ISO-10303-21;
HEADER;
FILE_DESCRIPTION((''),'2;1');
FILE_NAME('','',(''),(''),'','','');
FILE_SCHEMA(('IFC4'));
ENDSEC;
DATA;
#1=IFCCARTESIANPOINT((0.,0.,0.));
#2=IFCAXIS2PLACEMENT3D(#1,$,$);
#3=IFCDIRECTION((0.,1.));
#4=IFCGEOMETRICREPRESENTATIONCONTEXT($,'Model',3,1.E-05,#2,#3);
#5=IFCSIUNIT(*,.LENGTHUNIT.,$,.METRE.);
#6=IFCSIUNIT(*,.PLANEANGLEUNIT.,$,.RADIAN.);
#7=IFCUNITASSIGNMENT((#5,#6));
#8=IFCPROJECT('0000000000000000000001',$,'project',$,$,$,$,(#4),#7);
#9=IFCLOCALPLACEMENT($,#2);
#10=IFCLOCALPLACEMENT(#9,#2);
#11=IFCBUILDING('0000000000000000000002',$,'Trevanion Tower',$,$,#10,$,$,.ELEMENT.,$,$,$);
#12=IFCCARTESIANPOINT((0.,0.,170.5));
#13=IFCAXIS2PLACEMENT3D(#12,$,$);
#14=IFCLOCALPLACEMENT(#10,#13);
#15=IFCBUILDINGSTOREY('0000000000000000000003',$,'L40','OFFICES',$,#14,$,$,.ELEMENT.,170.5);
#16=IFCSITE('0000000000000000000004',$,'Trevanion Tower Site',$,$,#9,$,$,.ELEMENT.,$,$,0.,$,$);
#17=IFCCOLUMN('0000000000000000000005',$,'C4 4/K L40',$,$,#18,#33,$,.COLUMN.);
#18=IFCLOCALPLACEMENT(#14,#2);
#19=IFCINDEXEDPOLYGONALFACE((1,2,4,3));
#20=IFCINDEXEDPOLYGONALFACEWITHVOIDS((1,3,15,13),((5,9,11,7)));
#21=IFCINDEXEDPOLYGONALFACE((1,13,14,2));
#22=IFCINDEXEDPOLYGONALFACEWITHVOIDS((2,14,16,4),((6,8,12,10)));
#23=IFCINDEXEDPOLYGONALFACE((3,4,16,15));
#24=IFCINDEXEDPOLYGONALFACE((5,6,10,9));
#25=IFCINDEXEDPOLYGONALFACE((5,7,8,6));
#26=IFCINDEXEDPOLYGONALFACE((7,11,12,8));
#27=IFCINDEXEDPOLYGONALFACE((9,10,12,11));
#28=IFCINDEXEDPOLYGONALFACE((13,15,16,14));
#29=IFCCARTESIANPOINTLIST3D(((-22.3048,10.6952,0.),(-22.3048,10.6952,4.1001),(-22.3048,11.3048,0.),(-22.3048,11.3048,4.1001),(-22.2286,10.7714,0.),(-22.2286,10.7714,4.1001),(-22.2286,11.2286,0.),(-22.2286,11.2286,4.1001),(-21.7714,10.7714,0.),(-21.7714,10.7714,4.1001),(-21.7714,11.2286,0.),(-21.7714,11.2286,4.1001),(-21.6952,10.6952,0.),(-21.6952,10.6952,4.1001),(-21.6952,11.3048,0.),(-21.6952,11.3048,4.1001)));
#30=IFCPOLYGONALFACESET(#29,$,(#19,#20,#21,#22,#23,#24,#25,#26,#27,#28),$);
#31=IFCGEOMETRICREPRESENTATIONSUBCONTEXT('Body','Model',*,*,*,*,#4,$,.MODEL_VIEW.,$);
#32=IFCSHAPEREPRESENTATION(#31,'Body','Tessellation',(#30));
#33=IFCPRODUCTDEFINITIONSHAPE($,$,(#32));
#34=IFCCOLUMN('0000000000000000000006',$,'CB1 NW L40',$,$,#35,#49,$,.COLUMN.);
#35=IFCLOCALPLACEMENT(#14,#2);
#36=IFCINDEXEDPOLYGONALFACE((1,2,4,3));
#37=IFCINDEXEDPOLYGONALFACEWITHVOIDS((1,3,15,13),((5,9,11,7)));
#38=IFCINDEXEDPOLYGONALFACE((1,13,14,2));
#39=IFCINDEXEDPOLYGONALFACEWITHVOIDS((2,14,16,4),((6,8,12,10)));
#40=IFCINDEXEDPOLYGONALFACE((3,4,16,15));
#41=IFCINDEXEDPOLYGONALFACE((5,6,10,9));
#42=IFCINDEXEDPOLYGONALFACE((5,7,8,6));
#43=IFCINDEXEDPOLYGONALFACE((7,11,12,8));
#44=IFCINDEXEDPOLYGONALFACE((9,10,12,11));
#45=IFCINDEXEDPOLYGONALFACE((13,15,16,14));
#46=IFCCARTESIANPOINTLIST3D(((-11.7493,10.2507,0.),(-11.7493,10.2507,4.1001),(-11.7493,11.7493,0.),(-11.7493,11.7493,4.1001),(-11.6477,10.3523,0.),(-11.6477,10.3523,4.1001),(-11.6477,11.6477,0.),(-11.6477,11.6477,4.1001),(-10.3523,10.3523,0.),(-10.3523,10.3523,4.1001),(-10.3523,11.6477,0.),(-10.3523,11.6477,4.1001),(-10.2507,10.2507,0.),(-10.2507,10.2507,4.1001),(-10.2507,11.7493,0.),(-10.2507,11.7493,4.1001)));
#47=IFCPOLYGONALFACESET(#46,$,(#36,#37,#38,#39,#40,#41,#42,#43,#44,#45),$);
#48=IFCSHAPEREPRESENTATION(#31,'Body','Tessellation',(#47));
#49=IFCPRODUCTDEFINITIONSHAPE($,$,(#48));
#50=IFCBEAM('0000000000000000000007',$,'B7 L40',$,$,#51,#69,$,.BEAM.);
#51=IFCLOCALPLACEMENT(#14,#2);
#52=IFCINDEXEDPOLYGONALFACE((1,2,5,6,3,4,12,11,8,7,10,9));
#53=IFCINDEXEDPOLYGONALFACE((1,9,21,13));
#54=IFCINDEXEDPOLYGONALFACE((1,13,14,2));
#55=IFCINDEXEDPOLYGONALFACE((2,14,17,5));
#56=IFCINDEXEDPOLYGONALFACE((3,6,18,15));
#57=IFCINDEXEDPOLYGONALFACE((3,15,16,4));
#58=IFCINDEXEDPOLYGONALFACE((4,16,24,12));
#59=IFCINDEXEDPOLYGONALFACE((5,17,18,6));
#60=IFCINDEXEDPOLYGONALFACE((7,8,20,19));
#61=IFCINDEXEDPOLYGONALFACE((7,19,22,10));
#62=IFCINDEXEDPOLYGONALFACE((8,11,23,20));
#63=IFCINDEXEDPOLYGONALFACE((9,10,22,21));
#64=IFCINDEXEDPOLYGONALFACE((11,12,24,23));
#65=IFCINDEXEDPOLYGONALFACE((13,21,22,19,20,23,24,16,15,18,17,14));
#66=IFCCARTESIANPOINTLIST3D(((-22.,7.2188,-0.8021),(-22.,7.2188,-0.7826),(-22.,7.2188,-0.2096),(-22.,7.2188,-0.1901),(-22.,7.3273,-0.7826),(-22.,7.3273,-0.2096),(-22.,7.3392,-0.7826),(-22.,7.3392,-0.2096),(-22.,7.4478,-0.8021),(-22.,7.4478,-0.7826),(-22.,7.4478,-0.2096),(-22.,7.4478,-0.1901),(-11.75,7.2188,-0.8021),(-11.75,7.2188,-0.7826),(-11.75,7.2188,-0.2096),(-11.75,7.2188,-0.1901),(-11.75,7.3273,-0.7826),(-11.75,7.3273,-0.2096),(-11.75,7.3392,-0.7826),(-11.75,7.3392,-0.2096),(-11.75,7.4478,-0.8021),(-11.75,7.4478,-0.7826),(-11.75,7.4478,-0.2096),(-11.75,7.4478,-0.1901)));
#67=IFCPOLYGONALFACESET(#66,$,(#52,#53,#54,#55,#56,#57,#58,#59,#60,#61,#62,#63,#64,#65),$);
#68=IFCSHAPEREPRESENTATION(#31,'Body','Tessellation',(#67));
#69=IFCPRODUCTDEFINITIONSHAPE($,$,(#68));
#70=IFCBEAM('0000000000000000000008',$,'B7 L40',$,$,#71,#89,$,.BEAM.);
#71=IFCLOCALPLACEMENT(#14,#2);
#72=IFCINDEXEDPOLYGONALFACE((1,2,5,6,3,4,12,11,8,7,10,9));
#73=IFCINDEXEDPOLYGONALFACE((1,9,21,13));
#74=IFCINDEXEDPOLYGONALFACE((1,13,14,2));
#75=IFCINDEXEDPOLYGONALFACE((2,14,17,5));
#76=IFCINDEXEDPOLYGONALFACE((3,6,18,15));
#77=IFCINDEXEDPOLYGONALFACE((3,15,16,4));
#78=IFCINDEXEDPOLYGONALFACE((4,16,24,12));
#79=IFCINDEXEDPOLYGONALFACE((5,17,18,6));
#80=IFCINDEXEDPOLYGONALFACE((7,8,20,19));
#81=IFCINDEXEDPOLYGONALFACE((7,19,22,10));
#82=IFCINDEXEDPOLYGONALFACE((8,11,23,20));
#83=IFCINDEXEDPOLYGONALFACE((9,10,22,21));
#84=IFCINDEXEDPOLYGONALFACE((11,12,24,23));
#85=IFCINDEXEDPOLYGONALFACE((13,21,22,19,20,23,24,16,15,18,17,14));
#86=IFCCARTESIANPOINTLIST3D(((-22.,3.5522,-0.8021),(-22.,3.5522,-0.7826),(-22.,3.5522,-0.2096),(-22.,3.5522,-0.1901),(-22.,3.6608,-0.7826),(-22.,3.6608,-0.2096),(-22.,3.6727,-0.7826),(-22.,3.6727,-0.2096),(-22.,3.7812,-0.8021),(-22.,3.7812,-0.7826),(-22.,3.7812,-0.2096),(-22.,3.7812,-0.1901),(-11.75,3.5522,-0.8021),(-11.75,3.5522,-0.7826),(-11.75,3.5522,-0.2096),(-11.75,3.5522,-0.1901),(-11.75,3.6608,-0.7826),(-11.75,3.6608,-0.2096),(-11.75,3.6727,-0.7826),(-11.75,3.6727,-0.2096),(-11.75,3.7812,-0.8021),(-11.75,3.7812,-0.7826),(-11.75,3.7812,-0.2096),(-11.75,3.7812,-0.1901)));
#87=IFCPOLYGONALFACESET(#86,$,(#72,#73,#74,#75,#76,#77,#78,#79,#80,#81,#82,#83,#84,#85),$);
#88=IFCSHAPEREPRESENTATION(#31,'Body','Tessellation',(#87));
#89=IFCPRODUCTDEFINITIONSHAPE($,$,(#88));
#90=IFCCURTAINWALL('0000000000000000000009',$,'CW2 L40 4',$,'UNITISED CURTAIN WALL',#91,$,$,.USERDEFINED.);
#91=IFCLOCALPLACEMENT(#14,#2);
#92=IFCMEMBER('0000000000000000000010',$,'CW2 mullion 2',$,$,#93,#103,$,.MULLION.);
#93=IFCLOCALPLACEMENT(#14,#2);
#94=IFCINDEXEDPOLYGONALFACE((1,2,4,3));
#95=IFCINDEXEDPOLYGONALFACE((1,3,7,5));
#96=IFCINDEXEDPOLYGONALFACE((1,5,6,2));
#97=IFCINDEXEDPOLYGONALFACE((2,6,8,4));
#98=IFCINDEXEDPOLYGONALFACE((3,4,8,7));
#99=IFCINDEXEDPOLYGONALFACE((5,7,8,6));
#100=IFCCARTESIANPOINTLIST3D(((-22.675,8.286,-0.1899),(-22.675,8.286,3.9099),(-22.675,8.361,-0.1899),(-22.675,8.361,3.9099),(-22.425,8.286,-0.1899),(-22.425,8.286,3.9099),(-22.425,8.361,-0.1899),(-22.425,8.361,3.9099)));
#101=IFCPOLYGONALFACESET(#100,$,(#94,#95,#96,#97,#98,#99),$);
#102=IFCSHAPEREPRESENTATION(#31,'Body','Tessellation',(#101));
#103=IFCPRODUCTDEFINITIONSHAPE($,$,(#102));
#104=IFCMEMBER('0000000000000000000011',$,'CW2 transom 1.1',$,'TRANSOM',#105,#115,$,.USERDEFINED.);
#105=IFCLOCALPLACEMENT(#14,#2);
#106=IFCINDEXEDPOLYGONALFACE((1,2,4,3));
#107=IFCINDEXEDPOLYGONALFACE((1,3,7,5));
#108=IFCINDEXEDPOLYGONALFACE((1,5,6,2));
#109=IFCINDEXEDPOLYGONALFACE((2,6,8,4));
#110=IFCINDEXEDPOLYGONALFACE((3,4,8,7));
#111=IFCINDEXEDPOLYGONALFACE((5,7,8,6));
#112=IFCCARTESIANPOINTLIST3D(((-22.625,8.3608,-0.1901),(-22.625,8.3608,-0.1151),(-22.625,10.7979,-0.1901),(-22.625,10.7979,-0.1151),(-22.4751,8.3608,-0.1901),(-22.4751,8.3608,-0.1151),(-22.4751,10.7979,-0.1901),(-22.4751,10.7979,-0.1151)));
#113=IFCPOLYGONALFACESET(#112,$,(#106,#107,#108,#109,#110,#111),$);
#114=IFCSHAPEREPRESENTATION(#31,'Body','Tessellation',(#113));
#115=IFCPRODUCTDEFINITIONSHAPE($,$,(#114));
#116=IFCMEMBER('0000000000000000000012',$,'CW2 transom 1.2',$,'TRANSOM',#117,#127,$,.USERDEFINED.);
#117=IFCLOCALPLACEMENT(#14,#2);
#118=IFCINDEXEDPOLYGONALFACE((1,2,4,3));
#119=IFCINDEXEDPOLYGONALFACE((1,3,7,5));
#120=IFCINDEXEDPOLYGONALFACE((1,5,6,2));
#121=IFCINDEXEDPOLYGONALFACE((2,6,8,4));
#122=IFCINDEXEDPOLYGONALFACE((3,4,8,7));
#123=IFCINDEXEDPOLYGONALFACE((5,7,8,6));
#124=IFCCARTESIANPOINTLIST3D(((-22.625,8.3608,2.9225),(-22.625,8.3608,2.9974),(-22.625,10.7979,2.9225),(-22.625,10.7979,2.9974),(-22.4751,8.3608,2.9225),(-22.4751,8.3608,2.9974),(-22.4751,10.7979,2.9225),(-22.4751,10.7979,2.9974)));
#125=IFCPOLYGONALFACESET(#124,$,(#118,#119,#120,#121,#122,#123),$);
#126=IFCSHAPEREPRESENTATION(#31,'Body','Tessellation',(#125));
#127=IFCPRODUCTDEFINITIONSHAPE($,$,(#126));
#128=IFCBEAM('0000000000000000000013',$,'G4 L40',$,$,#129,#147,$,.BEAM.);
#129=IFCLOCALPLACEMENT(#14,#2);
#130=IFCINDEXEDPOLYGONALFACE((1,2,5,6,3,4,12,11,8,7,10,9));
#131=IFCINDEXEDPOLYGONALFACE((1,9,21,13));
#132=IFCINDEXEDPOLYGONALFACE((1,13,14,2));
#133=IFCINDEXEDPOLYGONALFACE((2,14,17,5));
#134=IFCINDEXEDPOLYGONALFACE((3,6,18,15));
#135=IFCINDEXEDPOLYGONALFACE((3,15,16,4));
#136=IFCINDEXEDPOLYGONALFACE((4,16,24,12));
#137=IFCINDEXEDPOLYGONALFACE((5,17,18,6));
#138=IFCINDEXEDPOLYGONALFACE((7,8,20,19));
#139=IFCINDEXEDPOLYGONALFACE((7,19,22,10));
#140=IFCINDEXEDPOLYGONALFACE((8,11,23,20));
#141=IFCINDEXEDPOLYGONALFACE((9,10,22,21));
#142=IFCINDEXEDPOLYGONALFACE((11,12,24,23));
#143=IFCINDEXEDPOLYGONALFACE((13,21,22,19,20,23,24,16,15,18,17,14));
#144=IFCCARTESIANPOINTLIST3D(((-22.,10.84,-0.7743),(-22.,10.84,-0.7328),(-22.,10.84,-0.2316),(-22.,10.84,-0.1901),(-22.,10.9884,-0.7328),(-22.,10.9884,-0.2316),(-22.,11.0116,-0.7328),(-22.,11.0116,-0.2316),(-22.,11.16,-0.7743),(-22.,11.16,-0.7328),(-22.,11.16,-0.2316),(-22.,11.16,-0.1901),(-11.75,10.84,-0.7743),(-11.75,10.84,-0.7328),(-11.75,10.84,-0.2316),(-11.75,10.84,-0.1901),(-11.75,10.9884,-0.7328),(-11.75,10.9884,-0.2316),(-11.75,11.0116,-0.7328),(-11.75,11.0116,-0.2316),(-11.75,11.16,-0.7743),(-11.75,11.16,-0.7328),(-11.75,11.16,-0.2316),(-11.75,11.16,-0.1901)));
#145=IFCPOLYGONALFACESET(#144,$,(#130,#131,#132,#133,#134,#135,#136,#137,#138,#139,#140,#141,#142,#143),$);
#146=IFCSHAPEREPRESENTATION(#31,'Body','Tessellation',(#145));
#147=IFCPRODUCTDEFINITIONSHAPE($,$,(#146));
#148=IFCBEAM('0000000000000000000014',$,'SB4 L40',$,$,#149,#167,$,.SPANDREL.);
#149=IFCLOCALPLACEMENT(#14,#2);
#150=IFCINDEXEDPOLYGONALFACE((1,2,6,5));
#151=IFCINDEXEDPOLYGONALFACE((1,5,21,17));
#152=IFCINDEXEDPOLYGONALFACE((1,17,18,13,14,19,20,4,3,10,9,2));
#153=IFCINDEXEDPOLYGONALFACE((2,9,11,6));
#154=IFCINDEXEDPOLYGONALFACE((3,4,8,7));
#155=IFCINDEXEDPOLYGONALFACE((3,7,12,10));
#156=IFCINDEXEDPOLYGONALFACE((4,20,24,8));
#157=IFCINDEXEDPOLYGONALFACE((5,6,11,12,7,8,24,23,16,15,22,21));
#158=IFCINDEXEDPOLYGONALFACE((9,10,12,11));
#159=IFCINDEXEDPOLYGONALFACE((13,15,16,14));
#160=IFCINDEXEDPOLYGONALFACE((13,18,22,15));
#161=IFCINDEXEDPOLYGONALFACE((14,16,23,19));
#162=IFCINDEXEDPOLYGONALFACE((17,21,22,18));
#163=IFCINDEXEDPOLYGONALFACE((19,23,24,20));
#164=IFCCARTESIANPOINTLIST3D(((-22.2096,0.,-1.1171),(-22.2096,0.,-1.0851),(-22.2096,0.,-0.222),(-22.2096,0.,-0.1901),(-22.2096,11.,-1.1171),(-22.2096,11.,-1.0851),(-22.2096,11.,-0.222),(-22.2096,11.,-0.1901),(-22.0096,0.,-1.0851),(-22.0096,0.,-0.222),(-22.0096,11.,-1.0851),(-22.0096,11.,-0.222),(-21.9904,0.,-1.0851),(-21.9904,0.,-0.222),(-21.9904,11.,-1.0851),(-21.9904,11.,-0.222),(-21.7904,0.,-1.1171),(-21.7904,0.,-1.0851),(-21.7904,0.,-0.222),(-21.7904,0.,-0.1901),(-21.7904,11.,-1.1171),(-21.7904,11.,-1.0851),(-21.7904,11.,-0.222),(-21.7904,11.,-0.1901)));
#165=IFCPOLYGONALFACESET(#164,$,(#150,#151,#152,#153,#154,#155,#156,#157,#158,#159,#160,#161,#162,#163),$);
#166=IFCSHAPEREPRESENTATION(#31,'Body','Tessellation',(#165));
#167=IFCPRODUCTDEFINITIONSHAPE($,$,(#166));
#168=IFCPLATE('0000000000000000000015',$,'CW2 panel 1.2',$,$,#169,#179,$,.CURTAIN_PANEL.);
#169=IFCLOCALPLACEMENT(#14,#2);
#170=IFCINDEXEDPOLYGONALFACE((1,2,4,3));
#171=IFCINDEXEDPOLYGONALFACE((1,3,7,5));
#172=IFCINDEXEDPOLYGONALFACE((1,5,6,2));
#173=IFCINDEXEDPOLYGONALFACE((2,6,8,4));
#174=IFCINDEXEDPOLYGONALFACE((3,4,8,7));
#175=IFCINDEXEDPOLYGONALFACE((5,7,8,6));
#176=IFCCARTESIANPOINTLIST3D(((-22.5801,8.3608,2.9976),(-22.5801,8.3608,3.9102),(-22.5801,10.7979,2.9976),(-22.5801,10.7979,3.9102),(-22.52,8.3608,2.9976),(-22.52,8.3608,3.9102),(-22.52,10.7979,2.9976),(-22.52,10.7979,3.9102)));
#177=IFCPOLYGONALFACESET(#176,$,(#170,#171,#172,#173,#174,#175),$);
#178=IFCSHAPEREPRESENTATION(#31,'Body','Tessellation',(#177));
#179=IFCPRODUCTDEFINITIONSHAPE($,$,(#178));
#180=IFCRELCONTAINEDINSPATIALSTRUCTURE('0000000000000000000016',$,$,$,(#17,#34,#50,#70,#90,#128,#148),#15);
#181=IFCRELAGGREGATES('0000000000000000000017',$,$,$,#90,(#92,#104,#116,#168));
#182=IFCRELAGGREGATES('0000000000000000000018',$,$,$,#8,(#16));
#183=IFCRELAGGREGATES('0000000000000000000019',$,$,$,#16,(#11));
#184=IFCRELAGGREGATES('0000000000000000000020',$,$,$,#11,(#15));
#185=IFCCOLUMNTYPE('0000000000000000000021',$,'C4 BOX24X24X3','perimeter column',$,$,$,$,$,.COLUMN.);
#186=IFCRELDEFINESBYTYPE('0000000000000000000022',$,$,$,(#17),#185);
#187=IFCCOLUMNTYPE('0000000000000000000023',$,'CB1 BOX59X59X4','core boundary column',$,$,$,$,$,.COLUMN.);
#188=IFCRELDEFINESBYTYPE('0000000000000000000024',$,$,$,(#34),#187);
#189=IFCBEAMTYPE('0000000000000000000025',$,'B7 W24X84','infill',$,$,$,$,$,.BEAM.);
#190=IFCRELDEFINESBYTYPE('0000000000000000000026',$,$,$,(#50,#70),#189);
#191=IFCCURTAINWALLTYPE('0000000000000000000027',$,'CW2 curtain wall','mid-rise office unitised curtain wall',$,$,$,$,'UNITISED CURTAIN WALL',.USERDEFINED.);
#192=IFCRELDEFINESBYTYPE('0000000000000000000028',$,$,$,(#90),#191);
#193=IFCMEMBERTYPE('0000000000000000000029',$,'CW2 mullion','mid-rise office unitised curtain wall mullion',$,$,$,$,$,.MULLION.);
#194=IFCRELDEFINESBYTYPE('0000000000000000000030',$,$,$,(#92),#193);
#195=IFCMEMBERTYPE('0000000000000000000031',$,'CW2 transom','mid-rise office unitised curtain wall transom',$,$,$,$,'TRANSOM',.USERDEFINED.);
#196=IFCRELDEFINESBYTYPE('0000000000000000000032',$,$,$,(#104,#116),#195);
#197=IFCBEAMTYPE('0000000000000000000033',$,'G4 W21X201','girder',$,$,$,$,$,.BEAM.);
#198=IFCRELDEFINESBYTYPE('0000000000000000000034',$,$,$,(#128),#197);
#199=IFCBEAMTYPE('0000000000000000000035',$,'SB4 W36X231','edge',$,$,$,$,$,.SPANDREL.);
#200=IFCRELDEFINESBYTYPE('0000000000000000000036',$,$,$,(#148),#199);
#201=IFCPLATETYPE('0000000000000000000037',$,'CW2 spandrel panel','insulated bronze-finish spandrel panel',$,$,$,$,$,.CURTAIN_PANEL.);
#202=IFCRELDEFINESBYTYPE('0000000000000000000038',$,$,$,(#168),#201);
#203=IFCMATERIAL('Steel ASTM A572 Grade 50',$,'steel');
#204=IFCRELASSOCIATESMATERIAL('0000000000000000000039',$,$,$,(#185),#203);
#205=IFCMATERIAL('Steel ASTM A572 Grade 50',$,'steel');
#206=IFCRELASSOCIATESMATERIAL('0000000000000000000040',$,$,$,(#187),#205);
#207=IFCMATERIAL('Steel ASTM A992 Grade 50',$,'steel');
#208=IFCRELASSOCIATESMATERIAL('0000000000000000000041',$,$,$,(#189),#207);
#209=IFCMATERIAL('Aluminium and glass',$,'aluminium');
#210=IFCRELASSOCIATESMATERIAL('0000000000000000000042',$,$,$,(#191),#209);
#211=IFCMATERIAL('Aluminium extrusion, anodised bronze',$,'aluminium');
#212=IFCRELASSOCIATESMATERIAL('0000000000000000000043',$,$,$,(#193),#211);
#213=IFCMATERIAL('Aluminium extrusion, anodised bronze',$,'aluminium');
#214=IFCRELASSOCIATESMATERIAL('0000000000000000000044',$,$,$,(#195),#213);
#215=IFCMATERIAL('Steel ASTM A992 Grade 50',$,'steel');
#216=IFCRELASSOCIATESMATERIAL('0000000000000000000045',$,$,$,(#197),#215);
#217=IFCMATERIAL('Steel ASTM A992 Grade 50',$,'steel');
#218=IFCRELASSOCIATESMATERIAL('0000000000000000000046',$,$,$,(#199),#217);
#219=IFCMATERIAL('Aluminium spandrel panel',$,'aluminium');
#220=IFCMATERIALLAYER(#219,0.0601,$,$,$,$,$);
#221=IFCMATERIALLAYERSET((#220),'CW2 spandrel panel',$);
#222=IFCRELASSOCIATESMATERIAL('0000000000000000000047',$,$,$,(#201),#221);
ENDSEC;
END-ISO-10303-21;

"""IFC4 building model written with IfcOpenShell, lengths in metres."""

from ifc_helpers import new_model, si_unit, direction, frame, origin, origin_2d, place, context, subcontext, project, spatial, rectangle, hollow_rectangle, i_section, extrude, material, layer, layer_set, material_profile, profile_set, type_object, element, aggregate, save


model = new_model("IFC4")

# Units and contexts
model_context = context("Model", 3, precision=1e-05, world=origin(), true_north=direction((0.0, 1.0)))
body_context = subcontext(model_context, "Body", "Model", "MODEL_VIEW")
ifc_project = project(units=[si_unit("LENGTHUNIT", "METRE"), si_unit("PLANEANGLEUNIT", "RADIAN")], contexts=[model_context])

# Site, building, storey
site_placement = place(None, origin())
site = spatial("IfcSite", under=ifc_project, at=site_placement, Name="Trevanion Tower Site", CompositionType="ELEMENT", RefElevation=0.0)
building_placement = place(site_placement, origin())
building = spatial("IfcBuilding", under=site, at=building_placement, Name="Trevanion Tower", CompositionType="ELEMENT")
storey_placement = place(building_placement, frame((0.0, 0.0, 170.5)))
storey = spatial("IfcBuildingStorey", under=building, at=storey_placement, Name="L40", Description="OFFICES", CompositionType="ELEMENT", Elevation=170.5)

# Columns
ifc_material_1 = material(Name="Steel ASTM A572 Grade 50", Category="steel")
ifc_material_profile_1 = material_profile(ifc_material_1, hollow_rectangle(XDim=0.6096, YDim=0.6096, WallThickness=0.0762, at=origin_2d()), Name="BOX24X24X3")
ifc_profile_set_1 = profile_set([ifc_material_profile_1], Name="Steel ASTM A572 Grade 50")
column_type_1 = type_object("IfcColumnType", Name="C4 BOX24X24X3", Description="perimeter column", PredefinedType="COLUMN", material=ifc_profile_set_1)
column_1_placement = place(storey_placement, frame((-22.0, 11.0, 0.0), z_axis=(0.0, 0.0, 1.0), x_axis=(0.0, 1.0, 0.0)))
element("IfcColumn", 1, at=column_1_placement, inside=storey, type_object=column_type_1, Name="C4 4/K L40", PredefinedType="COLUMN", context=body_context, shape_type="SweptSolid", body=[
    extrude(hollow_rectangle(XDim=0.6096, YDim=0.6096, WallThickness=0.0762, at=origin_2d()), origin(), (0.0, 0.0, 1.0), 4.1001),
])
ifc_material_2 = material(Name="Steel ASTM A572 Grade 50", Category="steel")
ifc_material_profile_2 = material_profile(ifc_material_2, hollow_rectangle(XDim=1.4985, YDim=1.4985, WallThickness=0.1016, at=origin_2d()), Name="BOX59X59X4")
ifc_profile_set_2 = profile_set([ifc_material_profile_2], Name="Steel ASTM A572 Grade 50")
column_type_2 = type_object("IfcColumnType", Name="CB1 BOX59X59X4", Description="core boundary column", PredefinedType="COLUMN", material=ifc_profile_set_2)
column_2_placement = place(storey_placement, frame((-11.0, 11.0, 0.0), z_axis=(0.0, 0.0, 1.0), x_axis=(1.0, 0.0, 0.0)))
element("IfcColumn", 2, at=column_2_placement, inside=storey, type_object=column_type_2, Name="CB1 NW L40", PredefinedType="COLUMN", context=body_context, shape_type="SweptSolid", body=[
    extrude(hollow_rectangle(XDim=1.4985, YDim=1.4985, WallThickness=0.1016, at=origin_2d()), origin(), (0.0, 0.0, 1.0), 4.1001),
])

# Beams
ifc_material_3 = material(Name="Steel ASTM A992 Grade 50", Category="steel")
ifc_material_profile_3 = material_profile(ifc_material_3, i_section(OverallWidth=0.229, OverallDepth=0.6121, WebThickness=0.012, FlangeThickness=0.0195, at=origin_2d()), Name="W24X84")
ifc_profile_set_3 = profile_set([ifc_material_profile_3], Name="Steel ASTM A992 Grade 50")
beam_type_1 = type_object("IfcBeamType", Name="B7 W24X84", Description="infill", PredefinedType="BEAM", material=ifc_profile_set_3)
for number, where, z_axis, x_axis, name in (
    (3, (-11.75, 7.3333, -0.4961), (-1.0, 0.0, 0.0), (0.0, -1.0, 0.0), "B7 L40"),
    (4, (-11.75, 3.6667, -0.4961), (-1.0, 0.0, 0.0), (0.0, -1.0, 0.0), "B7 L40"),
):
    element("IfcBeam", number, at=place(storey_placement, frame(where, z_axis=z_axis, x_axis=x_axis)), inside=storey, type_object=beam_type_1, Name=name, PredefinedType="BEAM", context=body_context, shape_type="SweptSolid", body=[
        extrude(i_section(OverallWidth=0.229, OverallDepth=0.6121, WebThickness=0.012, FlangeThickness=0.0195, at=origin_2d()), origin(), (0.0, 0.0, 1.0), 10.25),
    ])

# Curtain wall, members
ifc_material_4 = material(Name="Aluminium and glass", Category="aluminium")
curtain_wall_type = type_object("IfcCurtainWallType", Name="CW2 curtain wall", Description="mid-rise office unitised curtain wall", ElementType="UNITISED CURTAIN WALL", PredefinedType="USERDEFINED", material=ifc_material_4)
curtain_wall_placement = place(storey_placement, origin())
curtain_wall = element("IfcCurtainWall", 5, at=curtain_wall_placement, inside=storey, type_object=curtain_wall_type, Name="CW2 L40 4", ObjectType="UNITISED CURTAIN WALL", PredefinedType="USERDEFINED")
ifc_material_5 = material(Name="Aluminium extrusion, anodised bronze", Category="aluminium")
ifc_material_profile_4 = material_profile(ifc_material_5, rectangle(XDim=0.075, YDim=0.25, at=origin_2d()), Name="CW2 mullion")
ifc_profile_set_4 = profile_set([ifc_material_profile_4], Name="Aluminium extrusion, anodised bronze")
member_type_1 = type_object("IfcMemberType", Name="CW2 mullion", Description="mid-rise office unitised curtain wall mullion", PredefinedType="MULLION", material=ifc_profile_set_4)
member_1_placement = place(storey_placement, frame((-22.55, 8.3235, -0.1899), z_axis=(0.0, 0.0, 1.0), x_axis=(0.0, -1.0, 0.0)))
member_1 = element("IfcMember", 6, at=member_1_placement, type_object=member_type_1, Name="CW2 mullion 2", PredefinedType="MULLION", context=body_context, shape_type="SweptSolid", body=[
    extrude(rectangle(XDim=0.075, YDim=0.25, at=origin_2d()), origin(), (0.0, 0.0, 1.0), 4.0999),
])
ifc_material_6 = material(Name="Aluminium extrusion, anodised bronze", Category="aluminium")
ifc_material_profile_5 = material_profile(ifc_material_6, rectangle(XDim=0.1499, YDim=0.075, at=origin_2d()), Name="CW2 transom")
ifc_profile_set_5 = profile_set([ifc_material_profile_5], Name="Aluminium extrusion, anodised bronze")
member_type_2 = type_object("IfcMemberType", Name="CW2 transom", Description="mid-rise office unitised curtain wall transom", ElementType="TRANSOM", PredefinedType="USERDEFINED", material=ifc_profile_set_5)
member_2_placement = place(storey_placement, frame((-22.55, 10.7979, -0.1526), z_axis=(0.0, -1.0, 0.0), x_axis=(1.0, 0.0, 0.0)))
member_2 = element("IfcMember", 7, at=member_2_placement, type_object=member_type_2, Name="CW2 transom 1.1", ObjectType="TRANSOM", PredefinedType="USERDEFINED", context=body_context, shape_type="SweptSolid", body=[
    extrude(rectangle(XDim=0.1499, YDim=0.075, at=origin_2d()), origin(), (0.0, 0.0, 1.0), 2.437),
])
member_3_placement = place(storey_placement, frame((-22.55, 10.7979, 2.96), z_axis=(0.0, -1.0, 0.0), x_axis=(1.0, 0.0, 0.0)))
member_3 = element("IfcMember", 8, at=member_3_placement, type_object=member_type_2, Name="CW2 transom 1.2", ObjectType="TRANSOM", PredefinedType="USERDEFINED", context=body_context, shape_type="SweptSolid", body=[
    extrude(rectangle(XDim=0.1499, YDim=0.075, at=origin_2d()), origin(), (0.0, 0.0, 1.0), 2.437),
])

# Beams
ifc_material_7 = material(Name="Steel ASTM A992 Grade 50", Category="steel")
ifc_material_profile_6 = material_profile(ifc_material_7, i_section(OverallWidth=0.3201, OverallDepth=0.5842, WebThickness=0.0232, FlangeThickness=0.0415, at=origin_2d()), Name="W21X201")
ifc_profile_set_6 = profile_set([ifc_material_profile_6], Name="Steel ASTM A992 Grade 50")
beam_type_2 = type_object("IfcBeamType", Name="G4 W21X201", Description="girder", PredefinedType="BEAM", material=ifc_profile_set_6)
beam_1_placement = place(storey_placement, frame((-11.75, 11.0, -0.4822), z_axis=(-1.0, 0.0, 0.0), x_axis=(0.0, -1.0, 0.0)))
element("IfcBeam", 9, at=beam_1_placement, inside=storey, type_object=beam_type_2, Name="G4 L40", PredefinedType="BEAM", context=body_context, shape_type="SweptSolid", body=[
    extrude(i_section(OverallWidth=0.3201, OverallDepth=0.5842, WebThickness=0.0232, FlangeThickness=0.0415, at=origin_2d()), origin(), (0.0, 0.0, 1.0), 10.25),
])
ifc_material_8 = material(Name="Steel ASTM A992 Grade 50", Category="steel")
ifc_material_profile_7 = material_profile(ifc_material_8, i_section(OverallWidth=0.4192, OverallDepth=0.927, WebThickness=0.0193, FlangeThickness=0.032, at=origin_2d()), Name="W36X231")
ifc_profile_set_7 = profile_set([ifc_material_profile_7], Name="Steel ASTM A992 Grade 50")
beam_type_3 = type_object("IfcBeamType", Name="SB4 W36X231", Description="edge", PredefinedType="SPANDREL", material=ifc_profile_set_7)
beam_2_placement = place(storey_placement, frame((-22.0, 11.0, -0.6536), z_axis=(0.0, -1.0, 0.0), x_axis=(1.0, 0.0, 0.0)))
element("IfcBeam", 10, at=beam_2_placement, inside=storey, type_object=beam_type_3, Name="SB4 L40", PredefinedType="SPANDREL", context=body_context, shape_type="SweptSolid", body=[
    extrude(i_section(OverallWidth=0.4192, OverallDepth=0.927, WebThickness=0.0193, FlangeThickness=0.032, at=origin_2d()), origin(), (0.0, 0.0, 1.0), 11.0),
])

# Plate
ifc_material_9 = material(Name="Aluminium spandrel panel", Category="aluminium")
ifc_layer_1 = layer(ifc_material_9, 0.0601)
ifc_layer_set_1 = layer_set([ifc_layer_1], Name="CW2 spandrel panel")
plate_type_1 = type_object("IfcPlateType", Name="CW2 spandrel panel", Description="insulated bronze-finish spandrel panel", PredefinedType="CURTAIN_PANEL", material=ifc_layer_set_1)
plate_1_placement = place(storey_placement, frame((-22.55, 9.5793, 2.9976), z_axis=(0.0, 0.0, 1.0), x_axis=(0.0, -1.0, 0.0)))
plate_1 = element("IfcPlate", 11, at=plate_1_placement, type_object=plate_type_1, Name="CW2 panel 1.2", PredefinedType="CURTAIN_PANEL", context=body_context, shape_type="SweptSolid", body=[
    extrude(rectangle(XDim=2.437, YDim=0.0601, at=origin_2d()), origin(), (0.0, 0.0, 1.0), 0.9126),
])
aggregate(curtain_wall, [member_1, member_2, member_3, plate_1])

save(model, "model.ifc")
